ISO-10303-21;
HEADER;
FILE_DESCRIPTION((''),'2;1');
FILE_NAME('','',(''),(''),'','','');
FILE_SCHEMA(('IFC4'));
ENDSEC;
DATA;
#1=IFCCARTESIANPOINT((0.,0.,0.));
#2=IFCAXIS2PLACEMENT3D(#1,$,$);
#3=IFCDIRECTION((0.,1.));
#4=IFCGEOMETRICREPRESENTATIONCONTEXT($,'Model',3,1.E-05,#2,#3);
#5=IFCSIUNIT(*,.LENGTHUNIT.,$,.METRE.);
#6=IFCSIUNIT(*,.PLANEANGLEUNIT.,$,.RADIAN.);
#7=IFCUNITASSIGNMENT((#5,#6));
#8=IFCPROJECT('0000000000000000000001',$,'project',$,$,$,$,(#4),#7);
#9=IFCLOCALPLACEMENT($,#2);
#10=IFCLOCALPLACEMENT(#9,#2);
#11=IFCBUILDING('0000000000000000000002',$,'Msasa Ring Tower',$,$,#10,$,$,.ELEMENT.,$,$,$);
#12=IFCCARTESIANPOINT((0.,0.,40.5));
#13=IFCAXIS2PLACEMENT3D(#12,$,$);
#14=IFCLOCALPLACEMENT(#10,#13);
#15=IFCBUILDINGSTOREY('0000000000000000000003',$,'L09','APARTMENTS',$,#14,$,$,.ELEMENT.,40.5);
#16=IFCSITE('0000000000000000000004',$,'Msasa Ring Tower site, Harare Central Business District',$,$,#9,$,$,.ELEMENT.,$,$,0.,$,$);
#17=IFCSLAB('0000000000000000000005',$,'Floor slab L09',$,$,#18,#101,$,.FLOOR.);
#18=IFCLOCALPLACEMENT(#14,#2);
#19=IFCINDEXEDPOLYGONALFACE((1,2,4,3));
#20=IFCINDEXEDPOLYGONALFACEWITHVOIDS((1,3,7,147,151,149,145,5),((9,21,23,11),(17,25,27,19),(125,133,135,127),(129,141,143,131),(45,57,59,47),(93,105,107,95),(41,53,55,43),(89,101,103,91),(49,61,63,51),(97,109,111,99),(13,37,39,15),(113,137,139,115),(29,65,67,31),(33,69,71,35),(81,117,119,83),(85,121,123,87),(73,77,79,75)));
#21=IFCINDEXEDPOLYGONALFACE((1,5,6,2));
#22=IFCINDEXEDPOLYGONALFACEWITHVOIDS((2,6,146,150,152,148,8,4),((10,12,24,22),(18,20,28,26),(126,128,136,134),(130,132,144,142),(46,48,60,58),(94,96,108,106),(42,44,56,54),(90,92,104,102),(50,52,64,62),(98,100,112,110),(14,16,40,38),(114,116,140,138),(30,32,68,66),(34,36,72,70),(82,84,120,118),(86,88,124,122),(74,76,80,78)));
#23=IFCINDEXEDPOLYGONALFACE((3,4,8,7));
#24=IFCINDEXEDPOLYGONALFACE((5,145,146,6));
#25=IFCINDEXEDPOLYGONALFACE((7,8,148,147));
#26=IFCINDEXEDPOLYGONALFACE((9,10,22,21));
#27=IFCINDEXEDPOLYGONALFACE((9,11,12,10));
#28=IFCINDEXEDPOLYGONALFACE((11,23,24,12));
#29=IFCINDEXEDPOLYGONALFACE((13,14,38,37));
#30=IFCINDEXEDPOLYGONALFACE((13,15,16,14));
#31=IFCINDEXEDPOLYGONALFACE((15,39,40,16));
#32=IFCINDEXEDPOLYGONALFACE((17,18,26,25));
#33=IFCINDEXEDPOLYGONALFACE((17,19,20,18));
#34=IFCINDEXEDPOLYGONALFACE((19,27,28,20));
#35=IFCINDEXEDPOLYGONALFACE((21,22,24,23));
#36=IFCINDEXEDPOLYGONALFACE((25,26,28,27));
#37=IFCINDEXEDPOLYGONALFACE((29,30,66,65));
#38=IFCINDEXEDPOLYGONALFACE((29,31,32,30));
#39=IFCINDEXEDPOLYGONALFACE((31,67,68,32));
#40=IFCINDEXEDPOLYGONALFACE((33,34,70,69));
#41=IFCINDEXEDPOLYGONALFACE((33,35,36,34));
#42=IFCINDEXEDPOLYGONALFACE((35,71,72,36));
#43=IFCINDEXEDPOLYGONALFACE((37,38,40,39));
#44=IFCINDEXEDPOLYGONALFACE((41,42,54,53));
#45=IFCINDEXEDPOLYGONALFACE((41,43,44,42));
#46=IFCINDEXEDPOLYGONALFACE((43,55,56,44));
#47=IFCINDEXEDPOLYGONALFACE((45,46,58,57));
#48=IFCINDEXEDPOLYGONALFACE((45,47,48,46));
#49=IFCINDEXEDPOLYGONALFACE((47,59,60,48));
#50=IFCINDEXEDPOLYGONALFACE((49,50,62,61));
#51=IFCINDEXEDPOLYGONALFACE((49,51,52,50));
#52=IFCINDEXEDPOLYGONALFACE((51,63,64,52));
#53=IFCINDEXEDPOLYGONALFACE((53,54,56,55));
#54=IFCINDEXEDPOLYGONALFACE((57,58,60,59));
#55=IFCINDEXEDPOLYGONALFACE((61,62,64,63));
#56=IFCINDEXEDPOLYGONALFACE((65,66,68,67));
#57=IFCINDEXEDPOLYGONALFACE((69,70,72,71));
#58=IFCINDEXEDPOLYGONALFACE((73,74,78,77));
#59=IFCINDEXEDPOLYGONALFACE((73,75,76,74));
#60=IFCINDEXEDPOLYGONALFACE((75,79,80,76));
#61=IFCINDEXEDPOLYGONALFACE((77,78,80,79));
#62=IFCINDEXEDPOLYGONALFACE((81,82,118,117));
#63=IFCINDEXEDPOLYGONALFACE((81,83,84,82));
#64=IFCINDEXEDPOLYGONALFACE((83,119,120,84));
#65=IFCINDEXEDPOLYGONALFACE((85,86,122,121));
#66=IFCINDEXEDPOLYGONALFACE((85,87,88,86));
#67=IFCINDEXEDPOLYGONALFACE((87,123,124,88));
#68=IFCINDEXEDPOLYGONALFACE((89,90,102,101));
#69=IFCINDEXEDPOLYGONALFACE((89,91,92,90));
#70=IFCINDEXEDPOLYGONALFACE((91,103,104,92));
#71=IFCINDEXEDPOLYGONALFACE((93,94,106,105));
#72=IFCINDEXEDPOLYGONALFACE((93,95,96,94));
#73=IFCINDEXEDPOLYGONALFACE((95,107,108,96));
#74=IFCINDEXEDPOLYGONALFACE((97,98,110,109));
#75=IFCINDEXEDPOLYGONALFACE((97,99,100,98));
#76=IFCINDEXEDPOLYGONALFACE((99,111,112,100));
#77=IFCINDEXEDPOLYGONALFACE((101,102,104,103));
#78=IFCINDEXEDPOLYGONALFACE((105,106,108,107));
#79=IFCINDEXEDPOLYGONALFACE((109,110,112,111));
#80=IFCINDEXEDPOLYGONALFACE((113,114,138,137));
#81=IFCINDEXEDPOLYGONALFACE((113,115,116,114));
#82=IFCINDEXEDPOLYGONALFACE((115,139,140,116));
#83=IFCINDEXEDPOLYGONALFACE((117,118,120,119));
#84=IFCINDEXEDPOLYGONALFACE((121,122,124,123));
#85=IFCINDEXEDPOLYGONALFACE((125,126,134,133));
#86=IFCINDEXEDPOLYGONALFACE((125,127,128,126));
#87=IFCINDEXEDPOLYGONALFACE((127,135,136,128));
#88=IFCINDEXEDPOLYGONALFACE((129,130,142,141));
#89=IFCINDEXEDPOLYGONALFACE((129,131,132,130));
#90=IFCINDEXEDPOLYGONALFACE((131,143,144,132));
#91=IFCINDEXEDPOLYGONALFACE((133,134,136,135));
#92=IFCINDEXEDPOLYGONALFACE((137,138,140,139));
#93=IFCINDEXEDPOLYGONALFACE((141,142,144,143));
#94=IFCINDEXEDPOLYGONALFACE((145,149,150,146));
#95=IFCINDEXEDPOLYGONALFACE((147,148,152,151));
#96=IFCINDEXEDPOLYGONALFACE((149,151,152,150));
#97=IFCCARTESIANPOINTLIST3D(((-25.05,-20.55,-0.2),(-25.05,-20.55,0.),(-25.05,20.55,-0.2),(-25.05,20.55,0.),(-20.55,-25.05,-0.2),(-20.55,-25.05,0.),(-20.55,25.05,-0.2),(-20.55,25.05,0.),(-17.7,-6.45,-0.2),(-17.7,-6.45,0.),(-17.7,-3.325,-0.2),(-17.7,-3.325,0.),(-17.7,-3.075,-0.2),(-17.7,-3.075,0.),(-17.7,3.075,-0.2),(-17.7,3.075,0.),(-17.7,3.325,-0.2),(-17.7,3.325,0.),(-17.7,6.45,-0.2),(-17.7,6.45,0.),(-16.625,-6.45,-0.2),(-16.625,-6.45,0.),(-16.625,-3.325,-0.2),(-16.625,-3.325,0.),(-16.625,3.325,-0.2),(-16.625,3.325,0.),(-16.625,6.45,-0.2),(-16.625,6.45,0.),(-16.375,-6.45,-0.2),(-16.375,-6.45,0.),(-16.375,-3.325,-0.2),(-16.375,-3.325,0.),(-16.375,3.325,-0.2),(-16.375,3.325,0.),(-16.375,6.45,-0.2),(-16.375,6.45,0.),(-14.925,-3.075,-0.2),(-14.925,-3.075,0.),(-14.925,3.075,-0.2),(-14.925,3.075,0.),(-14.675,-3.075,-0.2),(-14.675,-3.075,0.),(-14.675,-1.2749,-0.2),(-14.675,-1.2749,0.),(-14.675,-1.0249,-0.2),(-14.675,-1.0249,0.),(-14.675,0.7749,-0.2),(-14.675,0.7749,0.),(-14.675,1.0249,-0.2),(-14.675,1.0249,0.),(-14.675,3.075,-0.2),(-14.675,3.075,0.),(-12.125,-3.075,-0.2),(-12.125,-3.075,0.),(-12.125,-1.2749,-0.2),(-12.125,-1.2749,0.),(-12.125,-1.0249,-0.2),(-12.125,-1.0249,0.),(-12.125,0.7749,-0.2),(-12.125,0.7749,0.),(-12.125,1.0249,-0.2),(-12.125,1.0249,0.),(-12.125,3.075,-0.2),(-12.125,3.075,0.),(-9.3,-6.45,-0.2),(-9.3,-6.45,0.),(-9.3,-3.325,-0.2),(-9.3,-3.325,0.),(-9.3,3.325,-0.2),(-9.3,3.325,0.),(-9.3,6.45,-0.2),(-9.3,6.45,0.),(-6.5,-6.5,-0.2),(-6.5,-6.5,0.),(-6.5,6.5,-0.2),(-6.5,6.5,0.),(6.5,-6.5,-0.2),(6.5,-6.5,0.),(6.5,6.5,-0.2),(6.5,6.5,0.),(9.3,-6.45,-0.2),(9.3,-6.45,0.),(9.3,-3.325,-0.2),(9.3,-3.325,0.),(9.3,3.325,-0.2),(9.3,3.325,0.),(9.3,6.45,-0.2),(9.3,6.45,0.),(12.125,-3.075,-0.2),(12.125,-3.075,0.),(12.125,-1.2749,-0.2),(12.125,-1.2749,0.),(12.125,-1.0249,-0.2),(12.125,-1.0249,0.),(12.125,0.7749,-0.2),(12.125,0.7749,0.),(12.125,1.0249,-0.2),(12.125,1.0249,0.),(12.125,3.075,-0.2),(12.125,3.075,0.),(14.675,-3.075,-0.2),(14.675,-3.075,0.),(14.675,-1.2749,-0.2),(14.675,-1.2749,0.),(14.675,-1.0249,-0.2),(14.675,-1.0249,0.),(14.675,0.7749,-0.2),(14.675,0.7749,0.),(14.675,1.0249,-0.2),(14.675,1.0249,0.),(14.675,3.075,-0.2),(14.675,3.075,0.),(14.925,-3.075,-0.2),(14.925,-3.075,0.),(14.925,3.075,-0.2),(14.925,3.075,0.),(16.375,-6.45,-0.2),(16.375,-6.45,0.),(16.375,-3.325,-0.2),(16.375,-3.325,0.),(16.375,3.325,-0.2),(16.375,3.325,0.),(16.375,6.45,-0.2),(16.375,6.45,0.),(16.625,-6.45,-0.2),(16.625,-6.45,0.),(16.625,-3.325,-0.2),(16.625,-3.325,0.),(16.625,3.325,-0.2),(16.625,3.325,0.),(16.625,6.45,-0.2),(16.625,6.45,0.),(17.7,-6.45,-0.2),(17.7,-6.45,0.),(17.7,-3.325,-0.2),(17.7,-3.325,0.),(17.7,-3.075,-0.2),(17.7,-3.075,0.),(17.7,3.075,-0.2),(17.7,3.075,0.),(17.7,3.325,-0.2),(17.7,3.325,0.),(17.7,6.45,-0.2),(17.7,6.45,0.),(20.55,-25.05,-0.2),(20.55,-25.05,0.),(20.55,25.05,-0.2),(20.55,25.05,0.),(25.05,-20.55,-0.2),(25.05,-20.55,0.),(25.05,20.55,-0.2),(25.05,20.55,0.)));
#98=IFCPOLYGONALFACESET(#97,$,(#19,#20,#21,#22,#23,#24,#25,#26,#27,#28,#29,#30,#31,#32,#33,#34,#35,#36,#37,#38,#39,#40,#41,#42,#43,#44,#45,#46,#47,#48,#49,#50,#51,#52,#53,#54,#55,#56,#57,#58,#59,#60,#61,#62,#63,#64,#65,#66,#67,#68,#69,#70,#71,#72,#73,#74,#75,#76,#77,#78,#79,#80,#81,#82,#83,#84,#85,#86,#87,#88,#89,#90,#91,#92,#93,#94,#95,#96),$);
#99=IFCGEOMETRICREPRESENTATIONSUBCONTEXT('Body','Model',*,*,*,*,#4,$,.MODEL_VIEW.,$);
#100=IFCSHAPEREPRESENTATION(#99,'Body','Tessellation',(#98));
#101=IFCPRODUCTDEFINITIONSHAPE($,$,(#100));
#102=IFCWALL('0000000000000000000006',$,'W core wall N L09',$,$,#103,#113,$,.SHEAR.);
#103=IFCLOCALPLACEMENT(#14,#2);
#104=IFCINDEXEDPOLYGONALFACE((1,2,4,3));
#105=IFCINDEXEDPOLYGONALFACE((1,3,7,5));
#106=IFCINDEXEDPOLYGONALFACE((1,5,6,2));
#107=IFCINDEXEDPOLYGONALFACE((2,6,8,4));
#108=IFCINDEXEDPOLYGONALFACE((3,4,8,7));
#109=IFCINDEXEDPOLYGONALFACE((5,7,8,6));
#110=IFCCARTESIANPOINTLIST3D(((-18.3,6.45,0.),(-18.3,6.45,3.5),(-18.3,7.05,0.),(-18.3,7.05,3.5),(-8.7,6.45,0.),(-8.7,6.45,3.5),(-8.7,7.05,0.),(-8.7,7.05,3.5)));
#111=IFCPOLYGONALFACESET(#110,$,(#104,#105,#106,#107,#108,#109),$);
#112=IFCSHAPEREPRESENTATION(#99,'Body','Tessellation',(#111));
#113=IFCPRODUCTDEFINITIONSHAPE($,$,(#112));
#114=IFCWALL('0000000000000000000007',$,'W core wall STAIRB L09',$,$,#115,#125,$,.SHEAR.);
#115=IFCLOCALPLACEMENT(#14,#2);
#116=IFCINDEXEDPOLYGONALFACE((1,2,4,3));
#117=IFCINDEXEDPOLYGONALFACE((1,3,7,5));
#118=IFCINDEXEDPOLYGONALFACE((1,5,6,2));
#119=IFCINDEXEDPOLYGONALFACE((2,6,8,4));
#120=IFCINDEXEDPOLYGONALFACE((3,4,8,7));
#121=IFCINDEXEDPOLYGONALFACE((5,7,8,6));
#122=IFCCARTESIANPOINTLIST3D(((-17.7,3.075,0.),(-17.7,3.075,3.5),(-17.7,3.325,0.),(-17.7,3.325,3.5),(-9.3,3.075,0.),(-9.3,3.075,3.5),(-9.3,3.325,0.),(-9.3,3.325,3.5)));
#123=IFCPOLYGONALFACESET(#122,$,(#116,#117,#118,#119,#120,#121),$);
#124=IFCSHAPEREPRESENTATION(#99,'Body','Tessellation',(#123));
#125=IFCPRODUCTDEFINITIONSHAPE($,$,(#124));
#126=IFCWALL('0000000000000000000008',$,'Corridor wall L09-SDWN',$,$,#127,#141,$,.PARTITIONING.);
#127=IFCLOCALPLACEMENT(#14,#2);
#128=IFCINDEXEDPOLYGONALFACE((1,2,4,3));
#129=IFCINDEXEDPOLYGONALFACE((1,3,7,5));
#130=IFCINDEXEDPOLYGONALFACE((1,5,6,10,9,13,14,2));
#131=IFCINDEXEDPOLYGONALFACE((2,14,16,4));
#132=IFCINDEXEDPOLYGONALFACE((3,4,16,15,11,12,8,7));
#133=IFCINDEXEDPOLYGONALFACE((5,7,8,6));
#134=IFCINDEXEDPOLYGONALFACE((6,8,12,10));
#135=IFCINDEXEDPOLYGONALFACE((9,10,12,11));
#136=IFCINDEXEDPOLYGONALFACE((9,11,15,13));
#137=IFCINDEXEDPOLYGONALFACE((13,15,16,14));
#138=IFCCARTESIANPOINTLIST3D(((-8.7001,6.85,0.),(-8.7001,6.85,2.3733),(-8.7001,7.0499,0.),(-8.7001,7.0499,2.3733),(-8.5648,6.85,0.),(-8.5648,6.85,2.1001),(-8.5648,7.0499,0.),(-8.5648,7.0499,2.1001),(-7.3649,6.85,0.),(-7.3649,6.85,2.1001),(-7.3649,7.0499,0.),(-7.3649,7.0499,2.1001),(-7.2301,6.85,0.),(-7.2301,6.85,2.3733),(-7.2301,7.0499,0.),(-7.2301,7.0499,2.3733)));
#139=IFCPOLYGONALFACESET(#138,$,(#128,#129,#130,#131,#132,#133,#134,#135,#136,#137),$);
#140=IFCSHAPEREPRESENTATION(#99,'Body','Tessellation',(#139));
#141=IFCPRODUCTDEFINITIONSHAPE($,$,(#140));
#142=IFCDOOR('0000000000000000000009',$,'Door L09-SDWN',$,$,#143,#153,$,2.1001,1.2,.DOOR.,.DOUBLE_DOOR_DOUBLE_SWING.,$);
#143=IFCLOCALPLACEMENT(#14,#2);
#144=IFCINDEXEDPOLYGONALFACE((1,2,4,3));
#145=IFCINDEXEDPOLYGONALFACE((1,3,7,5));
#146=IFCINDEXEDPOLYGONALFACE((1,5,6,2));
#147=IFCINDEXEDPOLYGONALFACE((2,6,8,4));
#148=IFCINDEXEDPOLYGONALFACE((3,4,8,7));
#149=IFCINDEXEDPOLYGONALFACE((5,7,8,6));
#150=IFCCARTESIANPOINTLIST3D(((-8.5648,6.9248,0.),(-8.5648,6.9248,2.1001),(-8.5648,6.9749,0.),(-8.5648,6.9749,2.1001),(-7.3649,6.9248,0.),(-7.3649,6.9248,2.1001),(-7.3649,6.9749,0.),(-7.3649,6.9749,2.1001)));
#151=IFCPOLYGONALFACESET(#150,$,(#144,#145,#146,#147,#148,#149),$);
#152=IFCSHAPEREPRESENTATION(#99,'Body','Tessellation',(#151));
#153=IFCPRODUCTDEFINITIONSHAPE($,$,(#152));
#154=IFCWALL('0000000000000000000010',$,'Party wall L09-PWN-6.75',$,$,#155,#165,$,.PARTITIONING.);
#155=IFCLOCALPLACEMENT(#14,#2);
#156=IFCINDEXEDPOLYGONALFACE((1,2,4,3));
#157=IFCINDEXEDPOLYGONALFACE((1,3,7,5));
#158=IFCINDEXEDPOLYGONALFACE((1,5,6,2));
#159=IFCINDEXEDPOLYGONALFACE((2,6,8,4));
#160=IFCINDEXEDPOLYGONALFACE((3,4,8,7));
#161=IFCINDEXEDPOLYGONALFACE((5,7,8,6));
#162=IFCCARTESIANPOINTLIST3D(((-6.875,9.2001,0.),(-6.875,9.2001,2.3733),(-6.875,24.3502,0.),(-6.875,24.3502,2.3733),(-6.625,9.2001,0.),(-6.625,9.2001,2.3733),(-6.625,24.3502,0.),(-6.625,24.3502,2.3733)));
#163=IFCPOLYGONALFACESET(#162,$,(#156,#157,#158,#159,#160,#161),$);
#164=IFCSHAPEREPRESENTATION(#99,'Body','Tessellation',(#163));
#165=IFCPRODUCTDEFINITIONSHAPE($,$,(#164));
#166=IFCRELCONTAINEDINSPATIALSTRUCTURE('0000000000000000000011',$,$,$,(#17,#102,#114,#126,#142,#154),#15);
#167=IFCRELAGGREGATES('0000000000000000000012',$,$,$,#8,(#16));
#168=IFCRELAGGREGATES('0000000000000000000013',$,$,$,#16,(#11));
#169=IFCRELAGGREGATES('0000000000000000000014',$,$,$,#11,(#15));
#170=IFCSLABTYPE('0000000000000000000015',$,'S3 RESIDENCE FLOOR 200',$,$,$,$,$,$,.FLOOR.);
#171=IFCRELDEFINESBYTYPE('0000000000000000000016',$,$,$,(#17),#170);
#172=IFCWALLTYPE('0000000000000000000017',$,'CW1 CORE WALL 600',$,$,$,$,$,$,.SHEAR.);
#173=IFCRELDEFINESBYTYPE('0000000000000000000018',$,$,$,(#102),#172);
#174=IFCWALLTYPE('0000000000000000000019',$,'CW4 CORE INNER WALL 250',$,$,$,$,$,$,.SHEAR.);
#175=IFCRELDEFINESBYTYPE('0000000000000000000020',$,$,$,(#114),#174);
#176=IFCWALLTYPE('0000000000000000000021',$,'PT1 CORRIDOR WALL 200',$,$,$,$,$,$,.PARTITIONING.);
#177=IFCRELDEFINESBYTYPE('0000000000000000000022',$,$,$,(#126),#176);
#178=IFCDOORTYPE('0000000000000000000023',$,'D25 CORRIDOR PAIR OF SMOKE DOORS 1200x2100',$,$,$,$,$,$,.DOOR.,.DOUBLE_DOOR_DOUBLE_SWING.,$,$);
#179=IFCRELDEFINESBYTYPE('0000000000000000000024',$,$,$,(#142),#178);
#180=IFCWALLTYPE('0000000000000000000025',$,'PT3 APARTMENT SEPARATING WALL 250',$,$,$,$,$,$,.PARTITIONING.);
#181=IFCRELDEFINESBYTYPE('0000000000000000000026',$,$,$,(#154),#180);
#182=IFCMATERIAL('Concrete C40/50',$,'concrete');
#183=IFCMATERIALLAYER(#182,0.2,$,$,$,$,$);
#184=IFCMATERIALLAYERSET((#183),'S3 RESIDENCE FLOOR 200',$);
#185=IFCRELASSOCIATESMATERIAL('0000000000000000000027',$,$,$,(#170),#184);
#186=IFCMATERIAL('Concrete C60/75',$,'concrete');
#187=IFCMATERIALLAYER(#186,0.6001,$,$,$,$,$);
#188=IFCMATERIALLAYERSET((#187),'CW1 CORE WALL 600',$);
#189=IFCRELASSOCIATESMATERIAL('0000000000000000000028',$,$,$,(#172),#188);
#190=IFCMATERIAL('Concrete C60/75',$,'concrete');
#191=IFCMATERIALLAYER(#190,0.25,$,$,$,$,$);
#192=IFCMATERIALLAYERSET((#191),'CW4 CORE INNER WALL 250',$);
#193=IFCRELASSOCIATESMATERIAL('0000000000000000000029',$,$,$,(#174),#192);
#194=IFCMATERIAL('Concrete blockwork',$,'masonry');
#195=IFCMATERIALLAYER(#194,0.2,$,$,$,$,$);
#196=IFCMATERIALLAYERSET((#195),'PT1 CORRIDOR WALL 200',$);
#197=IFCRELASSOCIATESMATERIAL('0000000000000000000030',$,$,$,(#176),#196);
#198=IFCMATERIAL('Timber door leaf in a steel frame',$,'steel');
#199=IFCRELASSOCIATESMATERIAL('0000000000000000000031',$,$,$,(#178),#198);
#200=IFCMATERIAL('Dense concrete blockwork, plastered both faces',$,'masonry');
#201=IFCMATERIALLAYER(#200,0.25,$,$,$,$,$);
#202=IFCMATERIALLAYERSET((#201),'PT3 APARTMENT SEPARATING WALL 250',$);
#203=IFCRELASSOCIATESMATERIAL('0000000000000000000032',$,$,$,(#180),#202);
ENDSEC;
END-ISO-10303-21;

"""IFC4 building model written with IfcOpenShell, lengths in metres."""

from ifc_helpers import new_model, si_unit, direction, frame, frame_2d, origin, place, context, subcontext, project, spatial, polyline, rectangle, outline, extrude, material, layer, layer_set, type_object, element, fill, save


model = new_model("IFC4")

# Units and contexts
model_context = context("Model", 3, precision=1e-05, world=origin(), true_north=direction((0.0, 1.0)))
body_context = subcontext(model_context, "Body", "Model", "MODEL_VIEW")
ifc_project = project(units=[si_unit("LENGTHUNIT", "METRE"), si_unit("PLANEANGLEUNIT", "RADIAN")], contexts=[model_context])

# Site, building, storey
site_placement = place(None, origin())
site = spatial("IfcSite", under=ifc_project, at=site_placement, Name="Msasa Ring Tower site, Harare Central Business District", CompositionType="ELEMENT", RefElevation=0.0)
building_placement = place(site_placement, origin())
building = spatial("IfcBuilding", under=site, at=building_placement, Name="Msasa Ring Tower", CompositionType="ELEMENT")
storey_placement = place(building_placement, frame((0.0, 0.0, 40.5)))
storey = spatial("IfcBuildingStorey", under=building, at=storey_placement, Name="L09", Description="APARTMENTS", CompositionType="ELEMENT", Elevation=40.5)

# Slab
ifc_material_1 = material(Name="Concrete C40/50", Category="concrete")
ifc_layer_1 = layer(ifc_material_1, 0.2)
ifc_layer_set_1 = layer_set([ifc_layer_1], Name="S3 RESIDENCE FLOOR 200")
slab_type = type_object("IfcSlabType", Name="S3 RESIDENCE FLOOR 200", PredefinedType="FLOOR", material=ifc_layer_set_1)
slab_placement = place(storey_placement, frame((0.0, 0.0, -0.2)))
element("IfcSlab", 1, at=slab_placement, inside=storey, type_object=slab_type, Name="Floor slab L09", PredefinedType="FLOOR", context=body_context, shape_type="SweptSolid", body=[
    extrude(outline(polyline([(-20.55, -25.05), (20.55, -25.05), (25.05, -20.55), (25.05, 20.55), (20.55, 25.05), (-20.55, 25.05), (-25.05, 20.55), (-25.05, -20.55), (-20.55, -25.05)]), holes=[polyline([(-6.5, -6.5), (6.5, -6.5), (6.5, 6.5), (-6.5, 6.5), (-6.5, -6.5)]), polyline([(9.3, -6.45), (16.375, -6.45), (16.375, -3.325), (9.3, -3.325), (9.3, -6.45)]), polyline([(9.3, 3.325), (16.375, 3.325), (16.375, 6.45), (9.3, 6.45), (9.3, 3.325)]), polyline([(12.125, -3.075), (14.675, -3.075), (14.675, -1.2749), (12.125, -1.2749), (12.125, -3.075)]), polyline([(12.125, -1.0249), (14.675, -1.0249), (14.675, 0.7749), (12.125, 0.7749), (12.125, -1.0249)]), polyline([(12.125, 1.0249), (14.675, 1.0249), (14.675, 3.075), (12.125, 3.075), (12.125, 1.0249)]), polyline([(16.625, -6.45), (17.7, -6.45), (17.7, -3.325), (16.625, -3.325), (16.625, -6.45)]), polyline([(16.625, 3.325), (17.7, 3.325), (17.7, 6.45), (16.625, 6.45), (16.625, 3.325)]), polyline([(14.925, -3.075), (17.7, -3.075), (17.7, 3.075), (14.925, 3.075), (14.925, -3.075)]), polyline([(-16.375, -6.45), (-9.3, -6.45), (-9.3, -3.325), (-16.375, -3.325), (-16.375, -6.45)]), polyline([(-16.375, 3.325), (-9.3, 3.325), (-9.3, 6.45), (-16.375, 6.45), (-16.375, 3.325)]), polyline([(-14.675, -3.075), (-12.125, -3.075), (-12.125, -1.2749), (-14.675, -1.2749), (-14.675, -3.075)]), polyline([(-14.675, -1.0249), (-12.125, -1.0249), (-12.125, 0.7749), (-14.675, 0.7749), (-14.675, -1.0249)]), polyline([(-14.675, 1.0249), (-12.125, 1.0249), (-12.125, 3.075), (-14.675, 3.075), (-14.675, 1.0249)]), polyline([(-17.7, -6.45), (-16.625, -6.45), (-16.625, -3.325), (-17.7, -3.325), (-17.7, -6.45)]), polyline([(-17.7, 3.325), (-16.625, 3.325), (-16.625, 6.45), (-17.7, 6.45), (-17.7, 3.325)]), polyline([(-17.7, -3.075), (-14.925, -3.075), (-14.925, 3.075), (-17.7, 3.075), (-17.7, -3.075)])]), origin(), (0.0, 0.0, 1.0), 0.2),
])

# Walls
ifc_material_2 = material(Name="Concrete C60/75", Category="concrete")
ifc_layer_2 = layer(ifc_material_2, 0.6001)
ifc_layer_set_2 = layer_set([ifc_layer_2], Name="CW1 CORE WALL 600")
wall_type_1 = type_object("IfcWallType", Name="CW1 CORE WALL 600", PredefinedType="SHEAR", material=ifc_layer_set_2)
wall_1_placement = place(storey_placement, frame((-8.7, 6.75, 0.0), z_axis=(0.0, 0.0, 1.0), x_axis=(-1.0, 0.0, 0.0)))
element("IfcWall", 2, at=wall_1_placement, inside=storey, type_object=wall_type_1, Name="W core wall N L09", PredefinedType="SHEAR", context=body_context, shape_type="SweptSolid", body=[
    extrude(rectangle(XDim=9.6001, YDim=0.6001, at=frame_2d((4.8, 0.0))), origin(), (0.0, 0.0, 1.0), 3.5),
])
ifc_material_3 = material(Name="Concrete C60/75", Category="concrete")
ifc_layer_3 = layer(ifc_material_3, 0.25)
ifc_layer_set_3 = layer_set([ifc_layer_3], Name="CW4 CORE INNER WALL 250")
wall_type_2 = type_object("IfcWallType", Name="CW4 CORE INNER WALL 250", PredefinedType="SHEAR", material=ifc_layer_set_3)
wall_2_placement = place(storey_placement, frame((-9.3, 3.2, 0.0), z_axis=(0.0, 0.0, 1.0), x_axis=(-1.0, 0.0, 0.0)))
element("IfcWall", 3, at=wall_2_placement, inside=storey, type_object=wall_type_2, Name="W core wall STAIRB L09", PredefinedType="SHEAR", context=body_context, shape_type="SweptSolid", body=[
    extrude(rectangle(XDim=8.3999, YDim=0.25, at=frame_2d((4.2, 0.0))), origin(), (0.0, 0.0, 1.0), 3.5),
])

# Wall, opening, door
ifc_material_4 = material(Name="Concrete blockwork", Category="masonry")
ifc_layer_4 = layer(ifc_material_4, 0.2)
ifc_layer_set_4 = layer_set([ifc_layer_4], Name="PT1 CORRIDOR WALL 200")
wall_type_3 = type_object("IfcWallType", Name="PT1 CORRIDOR WALL 200", PredefinedType="PARTITIONING", material=ifc_layer_set_4)
wall_3_placement = place(storey_placement, frame((-8.7, 6.95, 0.0), z_axis=(0.0, 0.0, 1.0), x_axis=(1.0, 0.0, 0.0)))
wall_3 = element("IfcWall", 4, at=wall_3_placement, inside=storey, type_object=wall_type_3, Name="Corridor wall L09-SDWN", PredefinedType="PARTITIONING", context=body_context, shape_type="SweptSolid", body=[
    extrude(rectangle(XDim=1.47, YDim=0.2, at=frame_2d((0.7349, 0.0))), origin(), (0.0, 0.0, 1.0), 2.3733),
])
opening_1_placement = place(wall_3_placement, frame((0.135, 0.0, 0.0)))
opening_1 = element("IfcOpeningElement", 5, at=opening_1_placement, cuts=wall_3, PredefinedType="OPENING", context=body_context, shape_type="SweptSolid", body=[
    extrude(rectangle(XDim=1.2, YDim=2.1001, at=frame_2d((0.6001, 1.05))), frame((0.0, 0.1099, 0.0), z_axis=(0.0, -1.0, 0.0), x_axis=(1.0, 0.0, 0.0)), (0.0, 0.0, 1.0), 0.22),
])
ifc_material_5 = material(Name="Timber door leaf in a steel frame", Category="steel")
door_type_1 = type_object("IfcDoorType", Name="D25 CORRIDOR PAIR OF SMOKE DOORS 1200x2100", OperationType="DOUBLE_DOOR_DOUBLE_SWING", PredefinedType="DOOR", material=ifc_material_5)
door_1_placement = place(opening_1_placement, origin())
door_1 = element("IfcDoor", 6, at=door_1_placement, inside=storey, type_object=door_type_1, Name="Door L09-SDWN", OperationType="DOUBLE_DOOR_DOUBLE_SWING", OverallHeight=2.1001, OverallWidth=1.2, PredefinedType="DOOR", context=body_context, shape_type="SweptSolid", body=[
    extrude(rectangle(XDim=1.2, YDim=2.1001, at=frame_2d((0.6001, 1.05))), frame((0.0, 0.0249, 0.0), z_axis=(0.0, -1.0, 0.0), x_axis=(1.0, 0.0, 0.0)), (0.0, 0.0, 1.0), 0.05),
])
fill(opening_1, door_1)

# Wall
ifc_material_6 = material(Name="Dense concrete blockwork, plastered both faces", Category="masonry")
ifc_layer_5 = layer(ifc_material_6, 0.25)
ifc_layer_set_5 = layer_set([ifc_layer_5], Name="PT3 APARTMENT SEPARATING WALL 250")
wall_type_4 = type_object("IfcWallType", Name="PT3 APARTMENT SEPARATING WALL 250", PredefinedType="PARTITIONING", material=ifc_layer_set_5)
for number, where, z_axis, x_axis, name in (
    (7, (-6.75, 9.2, 0.0), (0.0, 0.0, 1.0), (0.0, 1.0, 0.0), "Party wall L09-PWN-6.75"),
):
    element("IfcWall", number, at=place(storey_placement, frame(where, z_axis=z_axis, x_axis=x_axis)), inside=storey, type_object=wall_type_4, Name=name, PredefinedType="PARTITIONING", context=body_context, shape_type="SweptSolid", body=[
        extrude(rectangle(XDim=15.1501, YDim=0.25, at=frame_2d((7.5752, 0.0))), origin(), (0.0, 0.0, 1.0), 2.3733),
    ])

save(model, "model.ifc")
